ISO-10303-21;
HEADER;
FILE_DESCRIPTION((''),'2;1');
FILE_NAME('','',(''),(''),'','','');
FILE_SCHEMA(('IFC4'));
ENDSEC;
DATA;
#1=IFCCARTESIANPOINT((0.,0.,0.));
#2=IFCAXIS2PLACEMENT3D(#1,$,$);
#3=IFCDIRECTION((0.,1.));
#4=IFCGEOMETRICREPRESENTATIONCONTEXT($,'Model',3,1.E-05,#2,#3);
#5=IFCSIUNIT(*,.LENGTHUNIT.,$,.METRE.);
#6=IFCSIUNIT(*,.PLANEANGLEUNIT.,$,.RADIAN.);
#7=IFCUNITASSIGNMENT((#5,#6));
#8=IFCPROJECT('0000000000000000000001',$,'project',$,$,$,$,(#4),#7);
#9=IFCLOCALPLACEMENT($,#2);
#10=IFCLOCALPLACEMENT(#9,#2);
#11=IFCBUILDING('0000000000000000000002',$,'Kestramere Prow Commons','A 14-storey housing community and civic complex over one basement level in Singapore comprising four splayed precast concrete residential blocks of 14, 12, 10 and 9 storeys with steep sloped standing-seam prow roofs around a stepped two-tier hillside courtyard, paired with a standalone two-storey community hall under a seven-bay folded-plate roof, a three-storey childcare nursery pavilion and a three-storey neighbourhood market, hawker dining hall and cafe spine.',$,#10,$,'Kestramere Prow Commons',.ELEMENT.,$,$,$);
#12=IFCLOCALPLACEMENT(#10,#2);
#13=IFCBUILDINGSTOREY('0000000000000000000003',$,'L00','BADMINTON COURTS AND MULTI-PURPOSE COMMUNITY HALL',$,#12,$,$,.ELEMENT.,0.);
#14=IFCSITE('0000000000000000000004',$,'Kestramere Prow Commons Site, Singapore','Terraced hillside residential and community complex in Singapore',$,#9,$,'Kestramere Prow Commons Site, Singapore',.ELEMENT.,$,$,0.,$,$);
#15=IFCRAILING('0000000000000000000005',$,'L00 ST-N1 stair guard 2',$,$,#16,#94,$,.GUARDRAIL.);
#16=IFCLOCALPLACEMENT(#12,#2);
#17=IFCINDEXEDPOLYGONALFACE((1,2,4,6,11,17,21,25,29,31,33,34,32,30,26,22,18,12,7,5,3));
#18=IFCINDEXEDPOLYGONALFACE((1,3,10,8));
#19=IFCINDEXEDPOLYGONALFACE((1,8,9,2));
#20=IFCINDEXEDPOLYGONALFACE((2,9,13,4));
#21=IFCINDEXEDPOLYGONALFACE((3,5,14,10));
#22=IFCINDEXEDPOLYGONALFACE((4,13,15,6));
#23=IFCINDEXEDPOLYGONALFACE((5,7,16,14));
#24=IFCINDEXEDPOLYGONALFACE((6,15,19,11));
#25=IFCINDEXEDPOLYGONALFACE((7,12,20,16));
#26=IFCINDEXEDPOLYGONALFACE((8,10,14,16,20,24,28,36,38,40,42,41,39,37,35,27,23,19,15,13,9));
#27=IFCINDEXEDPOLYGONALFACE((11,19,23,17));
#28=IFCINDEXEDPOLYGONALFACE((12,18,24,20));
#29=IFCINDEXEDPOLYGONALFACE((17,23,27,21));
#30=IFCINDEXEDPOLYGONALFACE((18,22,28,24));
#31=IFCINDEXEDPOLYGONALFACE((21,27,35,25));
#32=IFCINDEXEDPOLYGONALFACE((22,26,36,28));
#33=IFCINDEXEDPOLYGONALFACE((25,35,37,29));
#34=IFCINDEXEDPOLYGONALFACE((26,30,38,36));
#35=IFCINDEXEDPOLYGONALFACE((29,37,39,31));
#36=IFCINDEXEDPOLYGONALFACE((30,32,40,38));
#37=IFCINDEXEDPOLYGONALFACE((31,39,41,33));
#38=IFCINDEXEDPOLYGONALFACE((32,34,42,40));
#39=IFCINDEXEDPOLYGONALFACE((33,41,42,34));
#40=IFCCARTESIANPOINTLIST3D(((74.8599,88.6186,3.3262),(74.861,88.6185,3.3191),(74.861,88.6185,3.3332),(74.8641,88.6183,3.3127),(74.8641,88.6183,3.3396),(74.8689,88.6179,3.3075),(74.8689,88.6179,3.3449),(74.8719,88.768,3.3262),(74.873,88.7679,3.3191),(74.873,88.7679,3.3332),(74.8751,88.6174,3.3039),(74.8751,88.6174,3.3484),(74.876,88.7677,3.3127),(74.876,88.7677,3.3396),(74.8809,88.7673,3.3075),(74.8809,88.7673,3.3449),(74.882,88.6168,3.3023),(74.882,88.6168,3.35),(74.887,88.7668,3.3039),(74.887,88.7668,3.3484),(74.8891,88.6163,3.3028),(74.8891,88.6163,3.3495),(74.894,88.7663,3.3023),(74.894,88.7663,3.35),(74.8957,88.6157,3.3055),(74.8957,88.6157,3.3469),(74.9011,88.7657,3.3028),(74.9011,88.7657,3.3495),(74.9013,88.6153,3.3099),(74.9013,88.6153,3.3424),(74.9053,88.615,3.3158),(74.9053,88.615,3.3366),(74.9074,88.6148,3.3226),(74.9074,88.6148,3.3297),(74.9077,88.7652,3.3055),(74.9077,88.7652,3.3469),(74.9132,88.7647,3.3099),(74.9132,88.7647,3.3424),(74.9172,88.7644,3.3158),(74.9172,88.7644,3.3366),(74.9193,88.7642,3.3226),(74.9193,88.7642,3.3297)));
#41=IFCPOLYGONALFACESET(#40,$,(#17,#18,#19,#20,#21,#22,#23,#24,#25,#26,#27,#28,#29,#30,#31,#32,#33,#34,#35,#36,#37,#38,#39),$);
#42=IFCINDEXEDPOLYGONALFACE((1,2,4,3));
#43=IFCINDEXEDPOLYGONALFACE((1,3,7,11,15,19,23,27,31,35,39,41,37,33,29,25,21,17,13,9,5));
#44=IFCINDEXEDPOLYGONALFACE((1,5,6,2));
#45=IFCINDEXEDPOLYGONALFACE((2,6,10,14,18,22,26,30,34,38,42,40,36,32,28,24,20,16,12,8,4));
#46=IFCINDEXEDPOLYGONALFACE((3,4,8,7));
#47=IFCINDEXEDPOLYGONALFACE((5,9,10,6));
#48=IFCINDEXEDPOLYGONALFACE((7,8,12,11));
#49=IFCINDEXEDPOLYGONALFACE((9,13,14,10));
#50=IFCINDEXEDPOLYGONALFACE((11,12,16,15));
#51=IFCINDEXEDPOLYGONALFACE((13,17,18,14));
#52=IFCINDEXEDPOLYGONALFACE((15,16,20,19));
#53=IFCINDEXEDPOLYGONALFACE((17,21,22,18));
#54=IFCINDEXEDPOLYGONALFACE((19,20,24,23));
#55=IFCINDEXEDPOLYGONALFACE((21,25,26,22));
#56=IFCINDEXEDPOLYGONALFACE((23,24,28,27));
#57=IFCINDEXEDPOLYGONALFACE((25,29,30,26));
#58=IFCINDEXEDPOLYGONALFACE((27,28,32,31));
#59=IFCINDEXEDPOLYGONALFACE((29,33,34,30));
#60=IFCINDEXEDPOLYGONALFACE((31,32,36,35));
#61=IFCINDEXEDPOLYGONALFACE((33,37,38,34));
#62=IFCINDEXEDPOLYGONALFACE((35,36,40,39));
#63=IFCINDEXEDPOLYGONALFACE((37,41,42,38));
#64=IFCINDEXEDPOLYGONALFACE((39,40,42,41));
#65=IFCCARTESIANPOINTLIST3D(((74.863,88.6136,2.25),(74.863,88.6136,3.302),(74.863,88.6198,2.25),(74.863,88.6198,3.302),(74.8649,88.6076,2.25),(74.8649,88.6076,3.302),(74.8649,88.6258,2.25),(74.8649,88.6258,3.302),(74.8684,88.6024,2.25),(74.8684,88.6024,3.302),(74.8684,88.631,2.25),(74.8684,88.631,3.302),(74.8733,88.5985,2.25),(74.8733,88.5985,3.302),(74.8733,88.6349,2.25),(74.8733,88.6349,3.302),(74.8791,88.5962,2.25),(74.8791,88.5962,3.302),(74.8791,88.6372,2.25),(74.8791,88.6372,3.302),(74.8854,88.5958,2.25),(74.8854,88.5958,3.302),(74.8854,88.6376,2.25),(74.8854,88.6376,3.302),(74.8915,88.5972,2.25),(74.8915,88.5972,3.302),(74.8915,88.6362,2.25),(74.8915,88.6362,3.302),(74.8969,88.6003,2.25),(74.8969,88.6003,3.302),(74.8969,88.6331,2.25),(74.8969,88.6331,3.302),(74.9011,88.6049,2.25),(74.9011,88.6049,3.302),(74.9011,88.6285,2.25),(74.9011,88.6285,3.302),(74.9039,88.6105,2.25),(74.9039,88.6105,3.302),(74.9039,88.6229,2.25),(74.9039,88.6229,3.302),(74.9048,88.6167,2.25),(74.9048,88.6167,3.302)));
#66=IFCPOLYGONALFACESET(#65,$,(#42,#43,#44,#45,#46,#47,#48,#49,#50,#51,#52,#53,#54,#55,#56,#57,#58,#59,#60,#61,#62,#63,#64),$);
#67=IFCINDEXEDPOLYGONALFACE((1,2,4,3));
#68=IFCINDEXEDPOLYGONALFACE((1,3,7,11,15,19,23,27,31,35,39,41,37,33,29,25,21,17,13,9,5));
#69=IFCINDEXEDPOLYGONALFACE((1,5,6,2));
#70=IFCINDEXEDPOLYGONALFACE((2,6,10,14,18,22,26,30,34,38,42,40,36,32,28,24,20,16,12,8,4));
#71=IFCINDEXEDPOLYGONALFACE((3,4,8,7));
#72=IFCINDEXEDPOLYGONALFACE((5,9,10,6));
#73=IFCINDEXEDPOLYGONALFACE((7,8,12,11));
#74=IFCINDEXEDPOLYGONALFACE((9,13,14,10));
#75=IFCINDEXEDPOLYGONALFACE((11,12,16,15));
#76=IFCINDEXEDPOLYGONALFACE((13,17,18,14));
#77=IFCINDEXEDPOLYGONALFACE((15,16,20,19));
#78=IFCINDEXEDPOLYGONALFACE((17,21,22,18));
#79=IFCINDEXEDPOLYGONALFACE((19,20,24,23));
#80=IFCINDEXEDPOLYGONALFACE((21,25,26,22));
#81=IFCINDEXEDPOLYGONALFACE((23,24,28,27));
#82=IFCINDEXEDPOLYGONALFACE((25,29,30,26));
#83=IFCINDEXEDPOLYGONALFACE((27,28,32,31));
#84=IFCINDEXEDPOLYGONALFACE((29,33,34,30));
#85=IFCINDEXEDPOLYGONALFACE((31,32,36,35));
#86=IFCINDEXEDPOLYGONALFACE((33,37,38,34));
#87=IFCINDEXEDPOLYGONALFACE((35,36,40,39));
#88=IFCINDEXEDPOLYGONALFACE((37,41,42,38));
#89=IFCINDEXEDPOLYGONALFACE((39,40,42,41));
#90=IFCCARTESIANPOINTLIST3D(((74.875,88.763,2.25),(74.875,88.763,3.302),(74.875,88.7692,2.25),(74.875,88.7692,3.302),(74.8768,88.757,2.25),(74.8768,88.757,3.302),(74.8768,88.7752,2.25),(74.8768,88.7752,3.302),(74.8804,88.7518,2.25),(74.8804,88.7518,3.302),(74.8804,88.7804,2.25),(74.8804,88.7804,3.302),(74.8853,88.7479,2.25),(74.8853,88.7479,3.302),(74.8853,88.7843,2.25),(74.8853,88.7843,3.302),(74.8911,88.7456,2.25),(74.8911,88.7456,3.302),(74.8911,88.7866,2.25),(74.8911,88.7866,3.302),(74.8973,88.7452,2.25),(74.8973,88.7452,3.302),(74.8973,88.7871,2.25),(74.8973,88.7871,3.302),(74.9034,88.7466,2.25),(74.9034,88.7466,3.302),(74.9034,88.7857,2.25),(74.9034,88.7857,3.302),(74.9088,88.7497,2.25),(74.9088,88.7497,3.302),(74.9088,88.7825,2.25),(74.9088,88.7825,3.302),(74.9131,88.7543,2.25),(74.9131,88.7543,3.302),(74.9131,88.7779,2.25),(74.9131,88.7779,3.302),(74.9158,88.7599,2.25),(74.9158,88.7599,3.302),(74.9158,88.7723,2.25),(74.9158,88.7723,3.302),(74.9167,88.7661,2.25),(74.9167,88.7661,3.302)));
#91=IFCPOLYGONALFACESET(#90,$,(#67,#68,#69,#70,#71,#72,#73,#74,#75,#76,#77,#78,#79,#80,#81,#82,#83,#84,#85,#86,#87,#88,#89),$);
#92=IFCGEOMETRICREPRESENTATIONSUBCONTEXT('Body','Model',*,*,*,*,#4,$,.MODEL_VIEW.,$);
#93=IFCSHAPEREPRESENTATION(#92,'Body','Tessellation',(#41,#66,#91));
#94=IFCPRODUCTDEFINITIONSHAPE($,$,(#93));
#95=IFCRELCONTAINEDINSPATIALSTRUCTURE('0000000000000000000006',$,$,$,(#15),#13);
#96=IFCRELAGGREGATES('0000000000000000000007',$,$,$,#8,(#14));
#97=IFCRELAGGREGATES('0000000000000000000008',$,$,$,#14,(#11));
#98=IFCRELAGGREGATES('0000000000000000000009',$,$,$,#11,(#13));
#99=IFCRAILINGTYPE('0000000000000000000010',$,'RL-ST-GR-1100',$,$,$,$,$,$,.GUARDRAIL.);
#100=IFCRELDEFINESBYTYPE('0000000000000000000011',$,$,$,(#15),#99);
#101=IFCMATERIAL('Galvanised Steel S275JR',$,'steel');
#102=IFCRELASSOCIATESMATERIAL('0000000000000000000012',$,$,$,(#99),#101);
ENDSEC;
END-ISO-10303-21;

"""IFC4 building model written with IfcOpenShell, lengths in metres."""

from ifc_helpers import new_model, si_unit, direction, frame, origin, origin_2d, place, context, subcontext, project, spatial, circle, extrude, material, type_object, element, save


model = new_model("IFC4")

# Units and contexts
model_context = context("Model", 3, precision=1e-05, world=origin(), true_north=direction((0.0, 1.0)))
body_context = subcontext(model_context, "Body", "Model", "MODEL_VIEW")
ifc_project = project(units=[si_unit("LENGTHUNIT", "METRE"), si_unit("PLANEANGLEUNIT", "RADIAN")], contexts=[model_context])

# Site, building, storey
site_placement = place(None, origin())
site = spatial("IfcSite", under=ifc_project, at=site_placement, Name="Kestramere Prow Commons Site, Singapore", Description="Terraced hillside residential and community complex in Singapore", LongName="Kestramere Prow Commons Site, Singapore", CompositionType="ELEMENT", RefElevation=0.0)
building_placement = place(site_placement, origin())
building = spatial("IfcBuilding", under=site, at=building_placement, Name="Kestramere Prow Commons", Description="A 14-storey housing community and civic complex over one basement level in Singapore comprising four splayed precast concrete residential blocks of 14, 12, 10 and 9 storeys with steep sloped standing-seam prow roofs around a stepped two-tier hillside courtyard, paired with a standalone two-storey community hall under a seven-bay folded-plate roof, a three-storey childcare nursery pavilion and a three-storey neighbourhood market, hawker dining hall and cafe spine.", LongName="Kestramere Prow Commons", CompositionType="ELEMENT")
storey_placement = place(building_placement, origin())
storey = spatial("IfcBuildingStorey", under=building, at=storey_placement, Name="L00", Description="BADMINTON COURTS AND MULTI-PURPOSE COMMUNITY HALL", CompositionType="ELEMENT", Elevation=0.0)

# Railing
ifc_material_1 = material(Name="Galvanised Steel S275JR", Category="steel")
railing_type = type_object("IfcRailingType", Name="RL-ST-GR-1100", PredefinedType="GUARDRAIL", material=ifc_material_1)
railing_1_placement = place(storey_placement, frame((74.8838, 88.6167, 2.25)))
element("IfcRailing", 1, at=railing_1_placement, inside=storey, type_object=railing_type, Name="L00 ST-N1 stair guard 2", PredefinedType="GUARDRAIL", context=body_context, shape_type="SweptSolid", body=[
    extrude(circle(Radius=0.0239, at=origin_2d()), frame((0.0, 0.0, 1.0762), z_axis=(0.07981, 0.99681, 0.0), x_axis=(-0.99681, 0.07981, 0.0)), (0.0, 0.0, 1.0), 0.1499),
    extrude(circle(Radius=0.021, at=origin_2d()), origin(), (0.0, 0.0, 1.0), 1.052),
    extrude(circle(Radius=0.021, at=origin_2d()), frame((0.012, 0.1494, 0.0)), (0.0, 0.0, 1.0), 1.052),
])

save(model, "model.ifc")
